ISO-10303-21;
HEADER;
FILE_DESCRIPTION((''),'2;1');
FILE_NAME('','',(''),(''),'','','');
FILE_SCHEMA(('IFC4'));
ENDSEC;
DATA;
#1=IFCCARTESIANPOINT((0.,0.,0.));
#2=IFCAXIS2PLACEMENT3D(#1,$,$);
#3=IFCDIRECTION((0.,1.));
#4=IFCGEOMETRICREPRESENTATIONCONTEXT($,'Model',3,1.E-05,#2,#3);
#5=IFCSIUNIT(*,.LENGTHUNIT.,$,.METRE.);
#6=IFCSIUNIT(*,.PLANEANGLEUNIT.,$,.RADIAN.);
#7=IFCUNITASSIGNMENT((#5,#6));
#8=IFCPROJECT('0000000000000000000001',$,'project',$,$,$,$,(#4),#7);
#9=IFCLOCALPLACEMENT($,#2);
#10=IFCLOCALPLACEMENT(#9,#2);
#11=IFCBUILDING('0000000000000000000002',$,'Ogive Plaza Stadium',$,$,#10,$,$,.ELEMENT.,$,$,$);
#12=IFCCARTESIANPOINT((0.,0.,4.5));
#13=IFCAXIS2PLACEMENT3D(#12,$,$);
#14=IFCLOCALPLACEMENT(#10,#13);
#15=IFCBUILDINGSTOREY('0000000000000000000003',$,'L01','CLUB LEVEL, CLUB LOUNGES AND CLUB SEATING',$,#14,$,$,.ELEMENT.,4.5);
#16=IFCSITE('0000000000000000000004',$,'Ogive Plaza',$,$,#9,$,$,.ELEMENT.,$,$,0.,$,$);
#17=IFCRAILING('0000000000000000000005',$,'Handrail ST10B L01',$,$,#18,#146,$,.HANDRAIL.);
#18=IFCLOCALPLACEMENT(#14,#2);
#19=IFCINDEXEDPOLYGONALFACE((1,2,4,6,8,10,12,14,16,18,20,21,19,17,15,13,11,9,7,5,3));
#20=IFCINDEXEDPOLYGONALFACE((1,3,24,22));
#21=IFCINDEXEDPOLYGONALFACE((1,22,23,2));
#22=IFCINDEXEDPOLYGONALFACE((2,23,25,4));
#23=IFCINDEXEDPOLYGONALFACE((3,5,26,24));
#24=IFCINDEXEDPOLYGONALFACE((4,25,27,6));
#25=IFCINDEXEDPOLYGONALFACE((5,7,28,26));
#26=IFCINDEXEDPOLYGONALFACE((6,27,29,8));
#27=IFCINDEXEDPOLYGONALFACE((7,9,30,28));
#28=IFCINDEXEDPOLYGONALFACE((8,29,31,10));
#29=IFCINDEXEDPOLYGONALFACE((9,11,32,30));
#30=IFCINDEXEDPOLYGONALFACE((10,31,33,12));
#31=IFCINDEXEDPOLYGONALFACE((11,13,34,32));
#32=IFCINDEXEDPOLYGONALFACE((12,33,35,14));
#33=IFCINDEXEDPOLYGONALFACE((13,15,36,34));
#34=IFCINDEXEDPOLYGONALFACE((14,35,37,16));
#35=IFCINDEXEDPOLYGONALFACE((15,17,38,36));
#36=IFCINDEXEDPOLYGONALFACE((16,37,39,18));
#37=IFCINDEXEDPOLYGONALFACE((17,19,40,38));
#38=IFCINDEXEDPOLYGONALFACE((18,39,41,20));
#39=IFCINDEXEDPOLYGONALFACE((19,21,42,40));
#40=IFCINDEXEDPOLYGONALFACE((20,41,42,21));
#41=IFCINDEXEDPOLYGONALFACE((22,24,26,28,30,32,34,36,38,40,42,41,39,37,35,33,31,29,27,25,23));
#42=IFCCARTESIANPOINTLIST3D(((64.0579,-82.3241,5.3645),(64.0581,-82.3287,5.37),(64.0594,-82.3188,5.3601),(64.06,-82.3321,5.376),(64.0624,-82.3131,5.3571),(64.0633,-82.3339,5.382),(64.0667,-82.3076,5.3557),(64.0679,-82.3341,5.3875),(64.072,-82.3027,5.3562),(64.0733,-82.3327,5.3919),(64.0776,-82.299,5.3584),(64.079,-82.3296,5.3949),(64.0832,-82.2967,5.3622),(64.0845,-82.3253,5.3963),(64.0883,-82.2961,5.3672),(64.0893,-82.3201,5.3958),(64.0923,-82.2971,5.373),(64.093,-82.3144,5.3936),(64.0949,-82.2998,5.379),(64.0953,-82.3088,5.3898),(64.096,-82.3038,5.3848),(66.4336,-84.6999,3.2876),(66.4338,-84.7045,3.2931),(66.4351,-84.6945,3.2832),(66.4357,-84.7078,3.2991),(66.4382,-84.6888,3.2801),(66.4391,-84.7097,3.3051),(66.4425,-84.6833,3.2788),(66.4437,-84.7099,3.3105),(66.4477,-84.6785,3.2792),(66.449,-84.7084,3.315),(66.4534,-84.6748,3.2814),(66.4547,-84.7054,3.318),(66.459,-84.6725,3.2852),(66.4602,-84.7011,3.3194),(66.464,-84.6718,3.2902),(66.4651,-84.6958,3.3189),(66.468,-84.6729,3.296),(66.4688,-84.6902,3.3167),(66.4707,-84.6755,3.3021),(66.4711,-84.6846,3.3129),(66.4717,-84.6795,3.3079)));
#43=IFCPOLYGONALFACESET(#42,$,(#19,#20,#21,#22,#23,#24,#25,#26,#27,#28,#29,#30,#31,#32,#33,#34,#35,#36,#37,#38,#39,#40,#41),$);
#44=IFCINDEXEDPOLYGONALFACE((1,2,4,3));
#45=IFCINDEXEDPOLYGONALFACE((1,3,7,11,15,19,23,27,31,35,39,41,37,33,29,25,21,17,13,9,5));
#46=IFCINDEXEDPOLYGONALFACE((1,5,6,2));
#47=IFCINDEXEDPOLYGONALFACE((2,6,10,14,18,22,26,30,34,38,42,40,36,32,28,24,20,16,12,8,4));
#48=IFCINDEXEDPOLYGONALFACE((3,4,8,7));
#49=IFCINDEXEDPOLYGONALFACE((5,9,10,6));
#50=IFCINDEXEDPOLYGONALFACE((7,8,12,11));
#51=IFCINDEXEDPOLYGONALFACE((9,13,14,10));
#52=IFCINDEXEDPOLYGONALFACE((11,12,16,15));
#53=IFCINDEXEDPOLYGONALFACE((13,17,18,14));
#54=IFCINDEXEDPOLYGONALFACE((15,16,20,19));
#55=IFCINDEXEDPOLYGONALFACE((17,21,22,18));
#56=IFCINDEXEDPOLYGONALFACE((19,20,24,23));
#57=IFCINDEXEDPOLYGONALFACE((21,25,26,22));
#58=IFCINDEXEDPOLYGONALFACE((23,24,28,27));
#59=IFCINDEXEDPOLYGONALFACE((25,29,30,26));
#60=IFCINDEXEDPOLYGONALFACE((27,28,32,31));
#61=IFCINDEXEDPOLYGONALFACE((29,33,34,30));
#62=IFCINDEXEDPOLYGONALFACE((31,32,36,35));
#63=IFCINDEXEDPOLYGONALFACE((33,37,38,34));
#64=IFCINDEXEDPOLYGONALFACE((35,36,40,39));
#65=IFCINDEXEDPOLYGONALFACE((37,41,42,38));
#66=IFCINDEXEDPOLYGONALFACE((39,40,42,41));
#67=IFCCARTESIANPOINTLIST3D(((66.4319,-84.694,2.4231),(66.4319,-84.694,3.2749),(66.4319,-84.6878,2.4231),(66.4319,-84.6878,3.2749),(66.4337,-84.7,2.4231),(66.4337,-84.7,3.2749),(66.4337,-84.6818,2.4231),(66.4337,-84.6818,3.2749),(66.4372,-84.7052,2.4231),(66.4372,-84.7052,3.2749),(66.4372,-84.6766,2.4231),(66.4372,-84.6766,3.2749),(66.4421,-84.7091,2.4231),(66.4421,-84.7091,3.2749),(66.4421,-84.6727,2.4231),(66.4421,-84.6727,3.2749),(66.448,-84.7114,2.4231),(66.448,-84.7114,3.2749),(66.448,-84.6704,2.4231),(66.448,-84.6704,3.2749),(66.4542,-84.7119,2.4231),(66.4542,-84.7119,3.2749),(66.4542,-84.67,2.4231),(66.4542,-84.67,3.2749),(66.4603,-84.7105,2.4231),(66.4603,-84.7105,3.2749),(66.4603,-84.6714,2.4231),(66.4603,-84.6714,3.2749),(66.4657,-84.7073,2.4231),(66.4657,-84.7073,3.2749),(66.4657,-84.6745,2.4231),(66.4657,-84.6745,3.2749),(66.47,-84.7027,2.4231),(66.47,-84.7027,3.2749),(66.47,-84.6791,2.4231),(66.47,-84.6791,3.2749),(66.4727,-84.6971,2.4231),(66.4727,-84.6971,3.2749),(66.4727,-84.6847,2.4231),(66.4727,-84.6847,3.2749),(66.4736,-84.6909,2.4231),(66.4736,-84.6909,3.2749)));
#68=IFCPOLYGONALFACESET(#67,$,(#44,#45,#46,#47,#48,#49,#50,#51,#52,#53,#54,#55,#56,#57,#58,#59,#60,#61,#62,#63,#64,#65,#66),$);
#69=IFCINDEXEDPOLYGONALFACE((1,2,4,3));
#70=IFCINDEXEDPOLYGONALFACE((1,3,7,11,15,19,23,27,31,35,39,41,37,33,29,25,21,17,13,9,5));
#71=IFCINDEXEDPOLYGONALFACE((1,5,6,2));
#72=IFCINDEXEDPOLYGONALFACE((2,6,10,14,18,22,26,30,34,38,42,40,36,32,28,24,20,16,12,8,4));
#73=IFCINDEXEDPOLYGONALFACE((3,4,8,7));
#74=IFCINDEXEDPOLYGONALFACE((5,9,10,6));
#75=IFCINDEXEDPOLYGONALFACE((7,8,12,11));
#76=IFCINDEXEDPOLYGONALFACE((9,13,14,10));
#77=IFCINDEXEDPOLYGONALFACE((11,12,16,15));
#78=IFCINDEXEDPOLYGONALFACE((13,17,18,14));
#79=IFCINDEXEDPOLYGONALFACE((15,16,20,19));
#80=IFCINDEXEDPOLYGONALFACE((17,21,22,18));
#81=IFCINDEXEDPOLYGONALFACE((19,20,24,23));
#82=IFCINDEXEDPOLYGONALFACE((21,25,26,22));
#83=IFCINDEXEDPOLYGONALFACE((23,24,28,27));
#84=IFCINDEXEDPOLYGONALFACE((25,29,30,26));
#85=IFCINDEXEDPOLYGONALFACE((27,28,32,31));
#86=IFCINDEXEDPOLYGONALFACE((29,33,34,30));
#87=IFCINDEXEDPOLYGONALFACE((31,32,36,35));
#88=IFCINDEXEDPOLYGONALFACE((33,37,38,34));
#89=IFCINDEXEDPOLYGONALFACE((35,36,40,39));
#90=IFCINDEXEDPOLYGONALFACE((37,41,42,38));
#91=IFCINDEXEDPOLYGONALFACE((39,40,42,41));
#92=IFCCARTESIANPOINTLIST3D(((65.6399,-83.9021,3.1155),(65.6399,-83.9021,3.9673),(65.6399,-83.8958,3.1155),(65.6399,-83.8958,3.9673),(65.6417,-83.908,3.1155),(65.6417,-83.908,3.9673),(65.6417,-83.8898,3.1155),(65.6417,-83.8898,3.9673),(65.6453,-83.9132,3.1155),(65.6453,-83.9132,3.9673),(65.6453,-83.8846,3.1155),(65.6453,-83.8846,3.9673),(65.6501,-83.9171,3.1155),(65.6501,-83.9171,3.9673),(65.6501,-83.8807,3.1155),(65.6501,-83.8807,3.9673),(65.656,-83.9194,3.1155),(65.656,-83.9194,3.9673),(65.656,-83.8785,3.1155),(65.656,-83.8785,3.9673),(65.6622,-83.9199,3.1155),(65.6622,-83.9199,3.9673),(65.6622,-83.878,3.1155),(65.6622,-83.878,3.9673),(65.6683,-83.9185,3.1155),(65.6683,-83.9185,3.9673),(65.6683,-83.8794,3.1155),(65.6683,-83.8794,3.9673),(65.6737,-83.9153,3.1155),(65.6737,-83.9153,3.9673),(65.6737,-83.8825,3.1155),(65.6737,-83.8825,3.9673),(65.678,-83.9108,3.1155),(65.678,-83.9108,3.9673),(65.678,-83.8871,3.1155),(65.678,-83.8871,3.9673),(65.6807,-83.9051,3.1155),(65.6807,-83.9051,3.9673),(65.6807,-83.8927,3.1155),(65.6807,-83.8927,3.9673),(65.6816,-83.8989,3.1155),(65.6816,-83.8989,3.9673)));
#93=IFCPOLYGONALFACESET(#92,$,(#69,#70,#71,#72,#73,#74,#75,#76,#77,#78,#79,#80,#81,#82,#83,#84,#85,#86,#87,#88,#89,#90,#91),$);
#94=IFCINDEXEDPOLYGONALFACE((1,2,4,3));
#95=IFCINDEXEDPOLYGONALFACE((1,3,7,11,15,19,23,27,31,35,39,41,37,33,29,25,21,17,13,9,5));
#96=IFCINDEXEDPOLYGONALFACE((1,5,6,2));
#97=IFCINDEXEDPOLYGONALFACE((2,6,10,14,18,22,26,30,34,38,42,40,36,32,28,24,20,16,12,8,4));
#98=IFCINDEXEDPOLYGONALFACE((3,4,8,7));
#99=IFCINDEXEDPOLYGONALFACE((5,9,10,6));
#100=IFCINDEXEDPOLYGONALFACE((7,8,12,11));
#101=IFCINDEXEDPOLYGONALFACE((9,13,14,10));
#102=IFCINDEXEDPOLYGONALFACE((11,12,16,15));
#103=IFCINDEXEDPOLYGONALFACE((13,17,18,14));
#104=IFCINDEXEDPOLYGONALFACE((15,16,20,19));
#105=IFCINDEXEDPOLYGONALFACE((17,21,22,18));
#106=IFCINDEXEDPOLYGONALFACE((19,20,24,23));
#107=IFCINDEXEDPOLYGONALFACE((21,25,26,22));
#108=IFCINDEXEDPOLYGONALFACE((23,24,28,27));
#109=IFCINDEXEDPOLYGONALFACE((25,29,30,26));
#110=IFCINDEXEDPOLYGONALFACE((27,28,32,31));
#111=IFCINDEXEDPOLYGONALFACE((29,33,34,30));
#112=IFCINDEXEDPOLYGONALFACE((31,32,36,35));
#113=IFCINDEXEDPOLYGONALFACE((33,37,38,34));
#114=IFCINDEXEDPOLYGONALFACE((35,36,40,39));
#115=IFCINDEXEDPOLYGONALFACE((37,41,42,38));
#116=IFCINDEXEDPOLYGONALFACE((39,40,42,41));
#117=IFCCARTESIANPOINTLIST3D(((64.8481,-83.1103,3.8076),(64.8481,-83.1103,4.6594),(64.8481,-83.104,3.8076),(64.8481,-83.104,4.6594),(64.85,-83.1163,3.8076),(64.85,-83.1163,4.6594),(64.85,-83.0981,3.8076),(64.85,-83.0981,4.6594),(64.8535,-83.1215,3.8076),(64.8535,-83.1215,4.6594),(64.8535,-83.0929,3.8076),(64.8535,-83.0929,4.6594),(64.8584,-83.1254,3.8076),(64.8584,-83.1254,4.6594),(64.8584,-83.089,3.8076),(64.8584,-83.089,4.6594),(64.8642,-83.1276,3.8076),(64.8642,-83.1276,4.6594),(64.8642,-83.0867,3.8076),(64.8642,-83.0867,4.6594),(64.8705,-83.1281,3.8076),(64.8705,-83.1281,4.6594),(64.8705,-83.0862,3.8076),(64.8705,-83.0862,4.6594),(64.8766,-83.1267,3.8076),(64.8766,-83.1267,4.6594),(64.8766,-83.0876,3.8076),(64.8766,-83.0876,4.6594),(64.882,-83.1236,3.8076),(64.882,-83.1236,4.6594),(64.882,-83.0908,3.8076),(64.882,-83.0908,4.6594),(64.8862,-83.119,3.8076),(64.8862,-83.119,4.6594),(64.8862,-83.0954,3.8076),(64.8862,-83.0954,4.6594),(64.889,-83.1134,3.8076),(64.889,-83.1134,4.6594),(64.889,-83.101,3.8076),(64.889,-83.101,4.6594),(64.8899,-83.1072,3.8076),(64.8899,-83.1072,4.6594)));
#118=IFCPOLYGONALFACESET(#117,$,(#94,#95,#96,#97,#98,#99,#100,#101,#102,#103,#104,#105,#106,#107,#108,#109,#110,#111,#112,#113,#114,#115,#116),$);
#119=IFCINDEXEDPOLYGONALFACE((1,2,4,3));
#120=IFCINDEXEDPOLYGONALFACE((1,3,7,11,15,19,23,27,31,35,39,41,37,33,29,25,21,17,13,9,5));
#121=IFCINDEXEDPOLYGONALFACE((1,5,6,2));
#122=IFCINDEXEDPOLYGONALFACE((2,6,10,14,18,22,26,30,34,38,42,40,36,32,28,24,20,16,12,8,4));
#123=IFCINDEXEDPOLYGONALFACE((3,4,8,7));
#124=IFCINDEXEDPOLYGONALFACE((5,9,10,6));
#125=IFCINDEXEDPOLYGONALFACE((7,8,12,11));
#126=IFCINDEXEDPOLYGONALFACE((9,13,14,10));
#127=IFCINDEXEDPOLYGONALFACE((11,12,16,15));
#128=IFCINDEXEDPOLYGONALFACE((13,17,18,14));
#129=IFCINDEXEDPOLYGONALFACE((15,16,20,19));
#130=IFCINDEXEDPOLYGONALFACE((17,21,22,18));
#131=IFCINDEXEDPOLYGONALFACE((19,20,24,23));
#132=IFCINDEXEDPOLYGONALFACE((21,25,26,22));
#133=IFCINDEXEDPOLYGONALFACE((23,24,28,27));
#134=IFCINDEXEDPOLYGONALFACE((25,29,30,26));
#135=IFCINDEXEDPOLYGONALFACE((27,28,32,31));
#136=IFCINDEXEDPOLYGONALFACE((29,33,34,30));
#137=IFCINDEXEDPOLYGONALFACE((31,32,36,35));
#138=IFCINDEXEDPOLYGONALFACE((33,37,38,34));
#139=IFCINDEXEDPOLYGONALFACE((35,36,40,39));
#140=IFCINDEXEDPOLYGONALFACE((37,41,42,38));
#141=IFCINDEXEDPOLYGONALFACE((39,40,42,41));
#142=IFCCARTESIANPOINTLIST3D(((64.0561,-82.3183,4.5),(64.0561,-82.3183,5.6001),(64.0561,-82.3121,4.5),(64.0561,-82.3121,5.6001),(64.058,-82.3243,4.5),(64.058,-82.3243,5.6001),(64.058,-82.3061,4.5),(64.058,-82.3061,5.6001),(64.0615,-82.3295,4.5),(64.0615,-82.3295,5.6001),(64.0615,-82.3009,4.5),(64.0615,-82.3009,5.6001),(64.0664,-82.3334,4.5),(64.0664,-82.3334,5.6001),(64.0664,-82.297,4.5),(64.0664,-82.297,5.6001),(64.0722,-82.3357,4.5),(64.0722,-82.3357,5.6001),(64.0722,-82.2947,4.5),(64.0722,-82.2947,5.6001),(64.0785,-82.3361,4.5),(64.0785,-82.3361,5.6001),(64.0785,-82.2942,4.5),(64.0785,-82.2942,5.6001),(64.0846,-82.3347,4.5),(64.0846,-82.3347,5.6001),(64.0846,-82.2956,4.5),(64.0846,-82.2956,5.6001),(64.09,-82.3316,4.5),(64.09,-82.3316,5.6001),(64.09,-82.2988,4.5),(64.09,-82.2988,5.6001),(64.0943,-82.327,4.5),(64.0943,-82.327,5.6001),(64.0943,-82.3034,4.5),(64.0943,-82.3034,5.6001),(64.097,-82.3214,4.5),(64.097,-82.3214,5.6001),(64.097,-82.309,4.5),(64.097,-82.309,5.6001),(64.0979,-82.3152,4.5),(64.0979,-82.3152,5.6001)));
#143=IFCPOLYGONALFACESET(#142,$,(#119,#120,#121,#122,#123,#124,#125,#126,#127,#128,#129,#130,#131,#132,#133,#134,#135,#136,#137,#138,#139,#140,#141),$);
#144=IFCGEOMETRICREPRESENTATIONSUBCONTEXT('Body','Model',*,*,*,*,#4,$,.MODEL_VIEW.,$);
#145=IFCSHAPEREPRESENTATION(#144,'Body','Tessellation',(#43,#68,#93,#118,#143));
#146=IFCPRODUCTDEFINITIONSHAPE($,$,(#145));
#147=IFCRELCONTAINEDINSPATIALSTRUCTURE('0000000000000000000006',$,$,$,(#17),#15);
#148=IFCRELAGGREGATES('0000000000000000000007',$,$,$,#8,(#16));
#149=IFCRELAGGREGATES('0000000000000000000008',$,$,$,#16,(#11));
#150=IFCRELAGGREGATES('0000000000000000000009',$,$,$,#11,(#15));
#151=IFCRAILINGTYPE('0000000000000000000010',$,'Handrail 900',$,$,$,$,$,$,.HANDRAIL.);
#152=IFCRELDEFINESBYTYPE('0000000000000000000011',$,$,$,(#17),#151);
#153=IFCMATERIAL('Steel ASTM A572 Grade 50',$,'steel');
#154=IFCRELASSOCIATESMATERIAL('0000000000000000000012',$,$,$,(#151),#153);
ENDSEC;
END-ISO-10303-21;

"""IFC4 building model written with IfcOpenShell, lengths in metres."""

from ifc_helpers import new_model, si_unit, direction, frame, origin, origin_2d, place, context, subcontext, project, spatial, circle, extrude, material, type_object, element, save


model = new_model("IFC4")

# Units and contexts
model_context = context("Model", 3, precision=1e-05, world=origin(), true_north=direction((0.0, 1.0)))
body_context = subcontext(model_context, "Body", "Model", "MODEL_VIEW")
ifc_project = project(units=[si_unit("LENGTHUNIT", "METRE"), si_unit("PLANEANGLEUNIT", "RADIAN")], contexts=[model_context])

# Site, building, storey
site_placement = place(None, origin())
site = spatial("IfcSite", under=ifc_project, at=site_placement, Name="Ogive Plaza", CompositionType="ELEMENT", RefElevation=0.0)
building_placement = place(site_placement, origin())
building = spatial("IfcBuilding", under=site, at=building_placement, Name="Ogive Plaza Stadium", CompositionType="ELEMENT")
storey_placement = place(building_placement, frame((0.0, 0.0, 4.5)))
storey = spatial("IfcBuildingStorey", under=building, at=storey_placement, Name="L01", Description="CLUB LEVEL, CLUB LOUNGES AND CLUB SEATING", CompositionType="ELEMENT", Elevation=4.5)

# Railing
ifc_material_1 = material(Name="Steel ASTM A572 Grade 50", Category="steel")
railing_type_1 = type_object("IfcRailingType", Name="Handrail 900", PredefinedType="HANDRAIL", material=ifc_material_1)
for number, where, name in (
    (1, (66.4526, -84.6909, 2.4231), "Handrail ST10B L01"),
):
    element("IfcRailing", number, at=place(storey_placement, frame(where)), inside=storey, type_object=railing_type_1, Name=name, PredefinedType="HANDRAIL", context=body_context, shape_type="SweptSolid", body=[
        extrude(circle(Radius=0.0239, at=origin_2d()), frame((0.0, 0.0, 0.876), z_axis=(-0.601466, 0.601466, 0.525811), x_axis=(-0.707107, -0.707107, 0.0)), (0.0, 0.0, 1.0), 3.95),
        extrude(circle(Radius=0.021, at=origin_2d()), origin(), (0.0, 0.0, 1.0), 0.8518),
        extrude(circle(Radius=0.021, at=origin_2d()), frame((-0.792, 0.792, 0.6924)), (0.0, 0.0, 1.0), 0.8518),
        extrude(circle(Radius=0.021, at=origin_2d()), frame((-1.5837, 1.5837, 1.3845)), (0.0, 0.0, 1.0), 0.8518),
        extrude(circle(Radius=0.021, at=origin_2d()), frame((-2.3757, 2.3757, 2.0769)), (0.0, 0.0, 1.0), 1.1001),
    ])

save(model, "model.ifc")
